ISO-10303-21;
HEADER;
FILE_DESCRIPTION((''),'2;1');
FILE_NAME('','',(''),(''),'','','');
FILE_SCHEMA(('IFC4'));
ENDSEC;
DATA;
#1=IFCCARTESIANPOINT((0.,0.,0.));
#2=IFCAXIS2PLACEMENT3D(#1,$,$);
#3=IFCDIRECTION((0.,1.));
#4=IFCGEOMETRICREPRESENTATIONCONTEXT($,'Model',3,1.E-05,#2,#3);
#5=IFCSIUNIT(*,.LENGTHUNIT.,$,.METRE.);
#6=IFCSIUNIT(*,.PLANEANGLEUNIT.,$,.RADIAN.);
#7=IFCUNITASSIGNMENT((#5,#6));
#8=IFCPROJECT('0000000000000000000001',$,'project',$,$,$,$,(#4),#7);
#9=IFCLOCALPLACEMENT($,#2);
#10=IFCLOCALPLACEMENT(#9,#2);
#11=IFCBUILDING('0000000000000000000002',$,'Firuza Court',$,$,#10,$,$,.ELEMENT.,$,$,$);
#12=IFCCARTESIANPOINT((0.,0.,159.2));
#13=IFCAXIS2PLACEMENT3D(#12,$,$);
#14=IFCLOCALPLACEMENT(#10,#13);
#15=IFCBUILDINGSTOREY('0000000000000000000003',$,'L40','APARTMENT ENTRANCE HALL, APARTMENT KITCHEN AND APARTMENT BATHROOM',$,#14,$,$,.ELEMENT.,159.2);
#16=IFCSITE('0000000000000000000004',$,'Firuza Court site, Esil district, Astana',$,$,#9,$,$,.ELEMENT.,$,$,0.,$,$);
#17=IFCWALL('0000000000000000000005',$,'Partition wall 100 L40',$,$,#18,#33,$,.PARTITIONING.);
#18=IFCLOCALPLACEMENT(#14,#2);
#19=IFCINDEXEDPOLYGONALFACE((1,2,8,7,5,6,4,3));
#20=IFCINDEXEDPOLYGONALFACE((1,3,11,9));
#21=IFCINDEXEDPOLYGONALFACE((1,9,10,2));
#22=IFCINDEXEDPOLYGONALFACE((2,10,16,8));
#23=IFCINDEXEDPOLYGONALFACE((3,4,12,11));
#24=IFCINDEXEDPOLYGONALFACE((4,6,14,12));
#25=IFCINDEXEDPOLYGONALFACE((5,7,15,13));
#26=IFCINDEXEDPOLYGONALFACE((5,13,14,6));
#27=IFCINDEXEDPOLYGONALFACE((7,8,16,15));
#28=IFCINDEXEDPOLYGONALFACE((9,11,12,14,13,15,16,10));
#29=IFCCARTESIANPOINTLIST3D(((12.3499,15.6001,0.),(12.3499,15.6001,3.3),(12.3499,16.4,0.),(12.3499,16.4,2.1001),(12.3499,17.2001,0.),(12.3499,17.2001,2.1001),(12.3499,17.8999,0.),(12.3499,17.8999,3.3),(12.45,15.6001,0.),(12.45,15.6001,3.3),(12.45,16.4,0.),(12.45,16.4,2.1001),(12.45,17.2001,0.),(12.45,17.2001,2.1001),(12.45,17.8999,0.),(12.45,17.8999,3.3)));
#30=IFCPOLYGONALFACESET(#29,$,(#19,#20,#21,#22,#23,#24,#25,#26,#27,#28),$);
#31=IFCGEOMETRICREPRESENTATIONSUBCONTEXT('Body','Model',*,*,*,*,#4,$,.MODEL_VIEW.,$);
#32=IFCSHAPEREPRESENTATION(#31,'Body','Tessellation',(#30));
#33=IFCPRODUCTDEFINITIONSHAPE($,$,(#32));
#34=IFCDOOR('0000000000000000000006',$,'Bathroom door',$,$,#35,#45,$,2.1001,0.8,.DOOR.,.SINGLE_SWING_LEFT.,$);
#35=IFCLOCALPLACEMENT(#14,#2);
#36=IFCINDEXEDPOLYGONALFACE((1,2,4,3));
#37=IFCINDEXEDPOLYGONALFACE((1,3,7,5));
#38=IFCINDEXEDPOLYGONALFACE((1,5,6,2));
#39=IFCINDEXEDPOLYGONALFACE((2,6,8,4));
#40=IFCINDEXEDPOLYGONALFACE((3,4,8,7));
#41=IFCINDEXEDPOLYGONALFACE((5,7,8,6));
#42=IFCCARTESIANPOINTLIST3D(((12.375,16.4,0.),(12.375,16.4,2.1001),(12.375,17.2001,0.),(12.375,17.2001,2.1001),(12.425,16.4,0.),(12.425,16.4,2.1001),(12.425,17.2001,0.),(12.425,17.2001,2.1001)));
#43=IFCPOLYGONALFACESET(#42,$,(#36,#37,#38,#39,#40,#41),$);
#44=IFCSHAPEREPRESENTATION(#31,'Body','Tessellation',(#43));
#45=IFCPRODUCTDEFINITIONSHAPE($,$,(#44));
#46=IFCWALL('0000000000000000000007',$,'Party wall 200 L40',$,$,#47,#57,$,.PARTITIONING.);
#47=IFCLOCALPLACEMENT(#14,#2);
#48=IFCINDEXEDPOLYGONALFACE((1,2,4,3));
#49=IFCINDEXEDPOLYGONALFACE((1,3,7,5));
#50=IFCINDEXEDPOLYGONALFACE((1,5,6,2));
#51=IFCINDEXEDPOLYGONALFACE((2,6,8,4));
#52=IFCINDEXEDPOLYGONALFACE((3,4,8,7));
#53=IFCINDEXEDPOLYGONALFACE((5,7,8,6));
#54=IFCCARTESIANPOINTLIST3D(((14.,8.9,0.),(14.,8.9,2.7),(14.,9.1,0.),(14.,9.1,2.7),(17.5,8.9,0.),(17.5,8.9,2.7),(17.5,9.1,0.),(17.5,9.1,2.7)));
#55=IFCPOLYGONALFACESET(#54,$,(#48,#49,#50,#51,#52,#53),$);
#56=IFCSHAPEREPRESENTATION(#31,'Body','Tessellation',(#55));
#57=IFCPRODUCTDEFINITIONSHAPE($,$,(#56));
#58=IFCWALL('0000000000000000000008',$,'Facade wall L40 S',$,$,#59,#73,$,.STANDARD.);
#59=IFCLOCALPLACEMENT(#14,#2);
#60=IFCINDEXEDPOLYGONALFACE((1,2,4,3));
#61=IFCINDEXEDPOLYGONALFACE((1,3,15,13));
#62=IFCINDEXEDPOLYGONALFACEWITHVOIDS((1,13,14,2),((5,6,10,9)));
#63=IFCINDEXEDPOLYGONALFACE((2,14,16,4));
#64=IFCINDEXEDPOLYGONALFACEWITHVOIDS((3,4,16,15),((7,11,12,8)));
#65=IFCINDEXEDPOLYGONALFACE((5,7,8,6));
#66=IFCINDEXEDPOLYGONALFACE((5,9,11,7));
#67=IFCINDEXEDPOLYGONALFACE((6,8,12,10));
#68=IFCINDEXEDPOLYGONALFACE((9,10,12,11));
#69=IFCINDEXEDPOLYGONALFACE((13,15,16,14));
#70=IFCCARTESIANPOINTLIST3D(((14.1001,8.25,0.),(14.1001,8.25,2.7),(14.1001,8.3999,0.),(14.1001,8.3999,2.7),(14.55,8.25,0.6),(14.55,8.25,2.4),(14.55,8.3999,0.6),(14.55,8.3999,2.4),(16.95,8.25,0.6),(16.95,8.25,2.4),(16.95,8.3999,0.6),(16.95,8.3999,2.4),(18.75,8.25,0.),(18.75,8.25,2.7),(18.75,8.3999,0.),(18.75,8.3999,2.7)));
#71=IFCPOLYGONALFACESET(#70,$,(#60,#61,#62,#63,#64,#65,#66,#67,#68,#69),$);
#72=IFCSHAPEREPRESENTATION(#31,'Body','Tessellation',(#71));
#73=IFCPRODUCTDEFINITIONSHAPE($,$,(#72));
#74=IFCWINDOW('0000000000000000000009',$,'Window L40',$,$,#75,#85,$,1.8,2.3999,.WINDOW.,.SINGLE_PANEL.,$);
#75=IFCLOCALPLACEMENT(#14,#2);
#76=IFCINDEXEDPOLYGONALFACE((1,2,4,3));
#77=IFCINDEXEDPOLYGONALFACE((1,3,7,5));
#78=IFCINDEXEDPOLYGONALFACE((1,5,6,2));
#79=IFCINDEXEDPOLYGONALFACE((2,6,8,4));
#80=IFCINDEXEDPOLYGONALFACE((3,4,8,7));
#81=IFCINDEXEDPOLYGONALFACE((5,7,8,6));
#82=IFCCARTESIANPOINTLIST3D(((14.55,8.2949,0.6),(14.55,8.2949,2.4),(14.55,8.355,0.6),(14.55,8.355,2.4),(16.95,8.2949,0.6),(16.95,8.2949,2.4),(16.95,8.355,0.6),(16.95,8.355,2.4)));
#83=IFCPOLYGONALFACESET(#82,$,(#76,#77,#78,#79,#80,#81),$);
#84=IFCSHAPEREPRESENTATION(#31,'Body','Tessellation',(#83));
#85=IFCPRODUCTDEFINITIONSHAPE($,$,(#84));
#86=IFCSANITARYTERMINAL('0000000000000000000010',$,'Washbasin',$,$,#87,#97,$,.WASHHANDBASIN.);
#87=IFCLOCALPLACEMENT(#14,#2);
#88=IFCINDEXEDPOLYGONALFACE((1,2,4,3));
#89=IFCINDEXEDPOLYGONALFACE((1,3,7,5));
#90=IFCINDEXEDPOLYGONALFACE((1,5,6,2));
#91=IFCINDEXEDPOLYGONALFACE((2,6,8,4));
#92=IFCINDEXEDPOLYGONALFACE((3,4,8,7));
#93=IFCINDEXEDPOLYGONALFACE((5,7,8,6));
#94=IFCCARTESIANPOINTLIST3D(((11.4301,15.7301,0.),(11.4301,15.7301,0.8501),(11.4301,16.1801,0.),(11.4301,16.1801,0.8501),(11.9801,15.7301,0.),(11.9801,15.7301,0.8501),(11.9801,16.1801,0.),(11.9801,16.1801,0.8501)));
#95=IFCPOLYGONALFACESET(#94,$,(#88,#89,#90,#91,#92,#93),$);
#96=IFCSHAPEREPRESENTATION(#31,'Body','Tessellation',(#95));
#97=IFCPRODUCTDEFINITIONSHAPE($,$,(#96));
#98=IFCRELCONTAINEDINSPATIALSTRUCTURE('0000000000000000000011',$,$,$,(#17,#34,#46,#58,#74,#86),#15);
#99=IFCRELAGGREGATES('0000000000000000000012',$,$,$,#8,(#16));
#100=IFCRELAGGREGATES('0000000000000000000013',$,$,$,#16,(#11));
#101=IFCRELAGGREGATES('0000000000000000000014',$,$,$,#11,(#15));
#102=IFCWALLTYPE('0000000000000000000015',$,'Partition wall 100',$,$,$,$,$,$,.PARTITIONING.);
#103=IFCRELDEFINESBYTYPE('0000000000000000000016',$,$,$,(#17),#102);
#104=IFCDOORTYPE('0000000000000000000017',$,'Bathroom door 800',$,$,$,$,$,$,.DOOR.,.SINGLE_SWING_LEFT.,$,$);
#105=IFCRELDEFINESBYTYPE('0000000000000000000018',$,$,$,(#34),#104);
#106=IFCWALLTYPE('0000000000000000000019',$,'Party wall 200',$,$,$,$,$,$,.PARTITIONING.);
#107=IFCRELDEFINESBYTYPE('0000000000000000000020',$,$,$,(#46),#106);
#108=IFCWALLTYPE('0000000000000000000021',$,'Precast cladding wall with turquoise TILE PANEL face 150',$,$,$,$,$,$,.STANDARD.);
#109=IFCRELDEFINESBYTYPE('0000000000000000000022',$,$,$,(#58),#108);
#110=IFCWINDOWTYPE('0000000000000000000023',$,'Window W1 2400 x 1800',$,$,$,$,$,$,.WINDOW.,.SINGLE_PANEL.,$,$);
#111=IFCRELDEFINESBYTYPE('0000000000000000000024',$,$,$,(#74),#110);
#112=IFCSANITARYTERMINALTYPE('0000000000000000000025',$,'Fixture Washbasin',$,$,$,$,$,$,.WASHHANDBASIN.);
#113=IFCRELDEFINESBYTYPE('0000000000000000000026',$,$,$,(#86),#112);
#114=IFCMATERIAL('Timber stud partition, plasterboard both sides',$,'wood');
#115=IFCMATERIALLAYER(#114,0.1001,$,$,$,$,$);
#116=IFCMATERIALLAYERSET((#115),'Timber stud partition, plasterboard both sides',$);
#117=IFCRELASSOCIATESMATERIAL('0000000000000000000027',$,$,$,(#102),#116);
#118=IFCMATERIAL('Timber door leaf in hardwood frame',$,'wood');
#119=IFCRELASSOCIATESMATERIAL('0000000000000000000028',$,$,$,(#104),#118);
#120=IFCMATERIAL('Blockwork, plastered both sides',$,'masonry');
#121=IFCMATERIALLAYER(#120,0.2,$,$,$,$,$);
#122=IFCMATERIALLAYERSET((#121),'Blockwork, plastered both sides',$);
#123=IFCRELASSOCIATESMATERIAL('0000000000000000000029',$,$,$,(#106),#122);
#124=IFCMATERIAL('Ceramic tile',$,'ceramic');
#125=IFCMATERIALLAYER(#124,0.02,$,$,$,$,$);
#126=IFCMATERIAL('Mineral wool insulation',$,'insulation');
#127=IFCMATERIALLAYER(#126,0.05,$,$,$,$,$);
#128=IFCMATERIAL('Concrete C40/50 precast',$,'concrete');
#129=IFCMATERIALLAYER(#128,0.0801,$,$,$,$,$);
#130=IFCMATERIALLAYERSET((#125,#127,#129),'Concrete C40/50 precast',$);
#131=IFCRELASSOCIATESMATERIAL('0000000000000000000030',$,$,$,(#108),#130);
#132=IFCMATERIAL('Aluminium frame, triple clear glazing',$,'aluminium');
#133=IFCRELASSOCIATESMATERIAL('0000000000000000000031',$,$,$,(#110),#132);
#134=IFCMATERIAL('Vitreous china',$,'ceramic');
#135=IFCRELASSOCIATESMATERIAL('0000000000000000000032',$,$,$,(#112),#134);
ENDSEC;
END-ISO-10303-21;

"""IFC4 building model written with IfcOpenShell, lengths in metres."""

from ifc_helpers import new_model, si_unit, direction, frame, frame_2d, origin, origin_2d, place, context, subcontext, project, spatial, rectangle, extrude, material, layer, layer_set, type_object, element, fill, save


model = new_model("IFC4")

# Units and contexts
model_context = context("Model", 3, precision=1e-05, world=origin(), true_north=direction((0.0, 1.0)))
body_context = subcontext(model_context, "Body", "Model", "MODEL_VIEW")
ifc_project = project(units=[si_unit("LENGTHUNIT", "METRE"), si_unit("PLANEANGLEUNIT", "RADIAN")], contexts=[model_context])

# Site, building, storey
site_placement = place(None, origin())
site = spatial("IfcSite", under=ifc_project, at=site_placement, Name="Firuza Court site, Esil district, Astana", CompositionType="ELEMENT", RefElevation=0.0)
building_placement = place(site_placement, origin())
building = spatial("IfcBuilding", under=site, at=building_placement, Name="Firuza Court", CompositionType="ELEMENT")
storey_placement = place(building_placement, frame((0.0, 0.0, 159.2)))
storey = spatial("IfcBuildingStorey", under=building, at=storey_placement, Name="L40", Description="APARTMENT ENTRANCE HALL, APARTMENT KITCHEN AND APARTMENT BATHROOM", CompositionType="ELEMENT", Elevation=159.2)

# Shared definitions
ifc_material_1 = material(Name="Timber stud partition, plasterboard both sides", Category="wood")
ifc_layer_1 = layer(ifc_material_1, 0.1001)
ifc_layer_set_1 = layer_set([ifc_layer_1], Name="Timber stud partition, plasterboard both sides")
wall_type_1 = type_object("IfcWallType", Name="Partition wall 100", PredefinedType="PARTITIONING", material=ifc_layer_set_1)

# Wall, opening, door
wall_1_placement = place(storey_placement, frame((12.3999, 15.6001, 0.0), z_axis=(0.0, 0.0, 1.0), x_axis=(0.0, 1.0, 0.0)))
wall_1 = element("IfcWall", 1, at=wall_1_placement, inside=storey, type_object=wall_type_1, Name="Partition wall 100 L40", PredefinedType="PARTITIONING", context=body_context, shape_type="SweptSolid", body=[
    extrude(rectangle(XDim=2.2998, YDim=0.1001, at=frame_2d((1.1499, 0.0))), origin(), (0.0, 0.0, 1.0), 3.3),
])
opening_1_placement = place(wall_1_placement, frame((0.8, 0.0, 0.0)))
opening_1 = element("IfcOpeningElement", 2, at=opening_1_placement, cuts=wall_1, PredefinedType="OPENING", context=body_context, shape_type="SweptSolid", body=[
    extrude(rectangle(XDim=0.8, YDim=2.1001, at=frame_2d((0.3999, 1.05))), frame((0.0, 0.062, 0.0), z_axis=(0.0, -1.0, 0.0), x_axis=(1.0, 0.0, 0.0)), (0.0, 0.0, 1.0), 0.124),
])
ifc_material_2 = material(Name="Timber door leaf in hardwood frame", Category="wood")
door_type_1 = type_object("IfcDoorType", Name="Bathroom door 800", OperationType="SINGLE_SWING_LEFT", PredefinedType="DOOR", material=ifc_material_2)
door_1_placement = place(opening_1_placement, origin())
door_1 = element("IfcDoor", 3, at=door_1_placement, inside=storey, type_object=door_type_1, Name="Bathroom door", OperationType="SINGLE_SWING_LEFT", OverallHeight=2.1001, OverallWidth=0.8, PredefinedType="DOOR", context=body_context, shape_type="SweptSolid", body=[
    extrude(rectangle(XDim=0.8, YDim=2.1001, at=frame_2d((0.3999, 1.05))), frame((0.0, 0.0249, 0.0), z_axis=(0.0, -1.0, 0.0), x_axis=(1.0, 0.0, 0.0)), (0.0, 0.0, 1.0), 0.05),
])
fill(opening_1, door_1)

# Wall
ifc_material_3 = material(Name="Blockwork, plastered both sides", Category="masonry")
ifc_layer_2 = layer(ifc_material_3, 0.2)
ifc_layer_set_2 = layer_set([ifc_layer_2], Name="Blockwork, plastered both sides")
wall_type_2 = type_object("IfcWallType", Name="Party wall 200", PredefinedType="PARTITIONING", material=ifc_layer_set_2)
wall_2_placement = place(storey_placement, frame((14.0, 9.0, 0.0), z_axis=(0.0, 0.0, 1.0), x_axis=(1.0, 0.0, 0.0)))
element("IfcWall", 4, at=wall_2_placement, inside=storey, type_object=wall_type_2, Name="Party wall 200 L40", PredefinedType="PARTITIONING", context=body_context, shape_type="SweptSolid", body=[
    extrude(rectangle(XDim=3.5, YDim=0.2, at=frame_2d((1.75, 0.0))), origin(), (0.0, 0.0, 1.0), 2.7),
])

# Wall, opening, window
ifc_material_4 = material(Name="Ceramic tile", Category="ceramic")
ifc_layer_3 = layer(ifc_material_4, 0.02)
ifc_material_5 = material(Name="Mineral wool insulation", Category="insulation")
ifc_layer_4 = layer(ifc_material_5, 0.05)
ifc_material_6 = material(Name="Concrete C40/50 precast", Category="concrete")
ifc_layer_5 = layer(ifc_material_6, 0.0801)
ifc_layer_set_3 = layer_set([ifc_layer_3, ifc_layer_4, ifc_layer_5], Name="Concrete C40/50 precast")
wall_type_3 = type_object("IfcWallType", Name="Precast cladding wall with turquoise TILE PANEL face 150", PredefinedType="STANDARD", material=ifc_layer_set_3)
wall_3_placement = place(storey_placement, frame((14.1001, 8.325, 0.0), z_axis=(0.0, 0.0, 1.0), x_axis=(1.0, 0.0, 0.0)))
wall_3 = element("IfcWall", 5, at=wall_3_placement, inside=storey, type_object=wall_type_3, Name="Facade wall L40 S", PredefinedType="STANDARD", context=body_context, shape_type="SweptSolid", body=[
    extrude(rectangle(XDim=4.6499, YDim=0.1499, at=frame_2d((2.325, 0.0))), origin(), (0.0, 0.0, 1.0), 2.7),
])
opening_2_placement = place(wall_3_placement, frame((0.45, 0.0, 0.6001)))
opening_2 = element("IfcOpeningElement", 6, at=opening_2_placement, cuts=wall_3, PredefinedType="OPENING", context=body_context, shape_type="SweptSolid", body=[
    extrude(rectangle(XDim=2.3999, YDim=1.8, at=frame_2d((1.2, 0.8999))), frame((0.0, 0.0869, 0.0), z_axis=(0.0, -1.0, 0.0), x_axis=(1.0, 0.0, 0.0)), (0.0, 0.0, 1.0), 0.1738),
])
ifc_material_7 = material(Name="Aluminium frame, triple clear glazing", Category="aluminium")
window_type = type_object("IfcWindowType", Name="Window W1 2400 x 1800", PartitioningType="SINGLE_PANEL", PredefinedType="WINDOW", material=ifc_material_7)
window_placement = place(opening_2_placement, origin())
window = element("IfcWindow", 7, at=window_placement, inside=storey, type_object=window_type, Name="Window L40", OverallHeight=1.8, OverallWidth=2.3999, PartitioningType="SINGLE_PANEL", PredefinedType="WINDOW", context=body_context, shape_type="SweptSolid", body=[
    extrude(rectangle(XDim=2.3999, YDim=1.8, at=frame_2d((1.2, 0.8999))), frame((0.0, 0.03, 0.0), z_axis=(0.0, -1.0, 0.0), x_axis=(1.0, 0.0, 0.0)), (0.0, 0.0, 1.0), 0.0601),
])
fill(opening_2, window)

# Sanitary terminal
ifc_material_8 = material(Name="Vitreous china", Category="ceramic")
sanitary_terminal_type = type_object("IfcSanitaryTerminalType", Name="Fixture Washbasin", PredefinedType="WASHHANDBASIN", material=ifc_material_8)
sanitary_terminal_placement = place(storey_placement, frame((11.7051, 15.9551, 0.0), z_axis=(0.0, 0.0, 1.0), x_axis=(1.0, 0.0, 0.0)))
element("IfcSanitaryTerminal", 8, at=sanitary_terminal_placement, inside=storey, type_object=sanitary_terminal_type, Name="Washbasin", PredefinedType="WASHHANDBASIN", context=body_context, shape_type="SweptSolid", body=[
    extrude(rectangle(XDim=0.55, YDim=0.45, at=origin_2d()), origin(), (0.0, 0.0, 1.0), 0.8501),
])

save(model, "model.ifc")
